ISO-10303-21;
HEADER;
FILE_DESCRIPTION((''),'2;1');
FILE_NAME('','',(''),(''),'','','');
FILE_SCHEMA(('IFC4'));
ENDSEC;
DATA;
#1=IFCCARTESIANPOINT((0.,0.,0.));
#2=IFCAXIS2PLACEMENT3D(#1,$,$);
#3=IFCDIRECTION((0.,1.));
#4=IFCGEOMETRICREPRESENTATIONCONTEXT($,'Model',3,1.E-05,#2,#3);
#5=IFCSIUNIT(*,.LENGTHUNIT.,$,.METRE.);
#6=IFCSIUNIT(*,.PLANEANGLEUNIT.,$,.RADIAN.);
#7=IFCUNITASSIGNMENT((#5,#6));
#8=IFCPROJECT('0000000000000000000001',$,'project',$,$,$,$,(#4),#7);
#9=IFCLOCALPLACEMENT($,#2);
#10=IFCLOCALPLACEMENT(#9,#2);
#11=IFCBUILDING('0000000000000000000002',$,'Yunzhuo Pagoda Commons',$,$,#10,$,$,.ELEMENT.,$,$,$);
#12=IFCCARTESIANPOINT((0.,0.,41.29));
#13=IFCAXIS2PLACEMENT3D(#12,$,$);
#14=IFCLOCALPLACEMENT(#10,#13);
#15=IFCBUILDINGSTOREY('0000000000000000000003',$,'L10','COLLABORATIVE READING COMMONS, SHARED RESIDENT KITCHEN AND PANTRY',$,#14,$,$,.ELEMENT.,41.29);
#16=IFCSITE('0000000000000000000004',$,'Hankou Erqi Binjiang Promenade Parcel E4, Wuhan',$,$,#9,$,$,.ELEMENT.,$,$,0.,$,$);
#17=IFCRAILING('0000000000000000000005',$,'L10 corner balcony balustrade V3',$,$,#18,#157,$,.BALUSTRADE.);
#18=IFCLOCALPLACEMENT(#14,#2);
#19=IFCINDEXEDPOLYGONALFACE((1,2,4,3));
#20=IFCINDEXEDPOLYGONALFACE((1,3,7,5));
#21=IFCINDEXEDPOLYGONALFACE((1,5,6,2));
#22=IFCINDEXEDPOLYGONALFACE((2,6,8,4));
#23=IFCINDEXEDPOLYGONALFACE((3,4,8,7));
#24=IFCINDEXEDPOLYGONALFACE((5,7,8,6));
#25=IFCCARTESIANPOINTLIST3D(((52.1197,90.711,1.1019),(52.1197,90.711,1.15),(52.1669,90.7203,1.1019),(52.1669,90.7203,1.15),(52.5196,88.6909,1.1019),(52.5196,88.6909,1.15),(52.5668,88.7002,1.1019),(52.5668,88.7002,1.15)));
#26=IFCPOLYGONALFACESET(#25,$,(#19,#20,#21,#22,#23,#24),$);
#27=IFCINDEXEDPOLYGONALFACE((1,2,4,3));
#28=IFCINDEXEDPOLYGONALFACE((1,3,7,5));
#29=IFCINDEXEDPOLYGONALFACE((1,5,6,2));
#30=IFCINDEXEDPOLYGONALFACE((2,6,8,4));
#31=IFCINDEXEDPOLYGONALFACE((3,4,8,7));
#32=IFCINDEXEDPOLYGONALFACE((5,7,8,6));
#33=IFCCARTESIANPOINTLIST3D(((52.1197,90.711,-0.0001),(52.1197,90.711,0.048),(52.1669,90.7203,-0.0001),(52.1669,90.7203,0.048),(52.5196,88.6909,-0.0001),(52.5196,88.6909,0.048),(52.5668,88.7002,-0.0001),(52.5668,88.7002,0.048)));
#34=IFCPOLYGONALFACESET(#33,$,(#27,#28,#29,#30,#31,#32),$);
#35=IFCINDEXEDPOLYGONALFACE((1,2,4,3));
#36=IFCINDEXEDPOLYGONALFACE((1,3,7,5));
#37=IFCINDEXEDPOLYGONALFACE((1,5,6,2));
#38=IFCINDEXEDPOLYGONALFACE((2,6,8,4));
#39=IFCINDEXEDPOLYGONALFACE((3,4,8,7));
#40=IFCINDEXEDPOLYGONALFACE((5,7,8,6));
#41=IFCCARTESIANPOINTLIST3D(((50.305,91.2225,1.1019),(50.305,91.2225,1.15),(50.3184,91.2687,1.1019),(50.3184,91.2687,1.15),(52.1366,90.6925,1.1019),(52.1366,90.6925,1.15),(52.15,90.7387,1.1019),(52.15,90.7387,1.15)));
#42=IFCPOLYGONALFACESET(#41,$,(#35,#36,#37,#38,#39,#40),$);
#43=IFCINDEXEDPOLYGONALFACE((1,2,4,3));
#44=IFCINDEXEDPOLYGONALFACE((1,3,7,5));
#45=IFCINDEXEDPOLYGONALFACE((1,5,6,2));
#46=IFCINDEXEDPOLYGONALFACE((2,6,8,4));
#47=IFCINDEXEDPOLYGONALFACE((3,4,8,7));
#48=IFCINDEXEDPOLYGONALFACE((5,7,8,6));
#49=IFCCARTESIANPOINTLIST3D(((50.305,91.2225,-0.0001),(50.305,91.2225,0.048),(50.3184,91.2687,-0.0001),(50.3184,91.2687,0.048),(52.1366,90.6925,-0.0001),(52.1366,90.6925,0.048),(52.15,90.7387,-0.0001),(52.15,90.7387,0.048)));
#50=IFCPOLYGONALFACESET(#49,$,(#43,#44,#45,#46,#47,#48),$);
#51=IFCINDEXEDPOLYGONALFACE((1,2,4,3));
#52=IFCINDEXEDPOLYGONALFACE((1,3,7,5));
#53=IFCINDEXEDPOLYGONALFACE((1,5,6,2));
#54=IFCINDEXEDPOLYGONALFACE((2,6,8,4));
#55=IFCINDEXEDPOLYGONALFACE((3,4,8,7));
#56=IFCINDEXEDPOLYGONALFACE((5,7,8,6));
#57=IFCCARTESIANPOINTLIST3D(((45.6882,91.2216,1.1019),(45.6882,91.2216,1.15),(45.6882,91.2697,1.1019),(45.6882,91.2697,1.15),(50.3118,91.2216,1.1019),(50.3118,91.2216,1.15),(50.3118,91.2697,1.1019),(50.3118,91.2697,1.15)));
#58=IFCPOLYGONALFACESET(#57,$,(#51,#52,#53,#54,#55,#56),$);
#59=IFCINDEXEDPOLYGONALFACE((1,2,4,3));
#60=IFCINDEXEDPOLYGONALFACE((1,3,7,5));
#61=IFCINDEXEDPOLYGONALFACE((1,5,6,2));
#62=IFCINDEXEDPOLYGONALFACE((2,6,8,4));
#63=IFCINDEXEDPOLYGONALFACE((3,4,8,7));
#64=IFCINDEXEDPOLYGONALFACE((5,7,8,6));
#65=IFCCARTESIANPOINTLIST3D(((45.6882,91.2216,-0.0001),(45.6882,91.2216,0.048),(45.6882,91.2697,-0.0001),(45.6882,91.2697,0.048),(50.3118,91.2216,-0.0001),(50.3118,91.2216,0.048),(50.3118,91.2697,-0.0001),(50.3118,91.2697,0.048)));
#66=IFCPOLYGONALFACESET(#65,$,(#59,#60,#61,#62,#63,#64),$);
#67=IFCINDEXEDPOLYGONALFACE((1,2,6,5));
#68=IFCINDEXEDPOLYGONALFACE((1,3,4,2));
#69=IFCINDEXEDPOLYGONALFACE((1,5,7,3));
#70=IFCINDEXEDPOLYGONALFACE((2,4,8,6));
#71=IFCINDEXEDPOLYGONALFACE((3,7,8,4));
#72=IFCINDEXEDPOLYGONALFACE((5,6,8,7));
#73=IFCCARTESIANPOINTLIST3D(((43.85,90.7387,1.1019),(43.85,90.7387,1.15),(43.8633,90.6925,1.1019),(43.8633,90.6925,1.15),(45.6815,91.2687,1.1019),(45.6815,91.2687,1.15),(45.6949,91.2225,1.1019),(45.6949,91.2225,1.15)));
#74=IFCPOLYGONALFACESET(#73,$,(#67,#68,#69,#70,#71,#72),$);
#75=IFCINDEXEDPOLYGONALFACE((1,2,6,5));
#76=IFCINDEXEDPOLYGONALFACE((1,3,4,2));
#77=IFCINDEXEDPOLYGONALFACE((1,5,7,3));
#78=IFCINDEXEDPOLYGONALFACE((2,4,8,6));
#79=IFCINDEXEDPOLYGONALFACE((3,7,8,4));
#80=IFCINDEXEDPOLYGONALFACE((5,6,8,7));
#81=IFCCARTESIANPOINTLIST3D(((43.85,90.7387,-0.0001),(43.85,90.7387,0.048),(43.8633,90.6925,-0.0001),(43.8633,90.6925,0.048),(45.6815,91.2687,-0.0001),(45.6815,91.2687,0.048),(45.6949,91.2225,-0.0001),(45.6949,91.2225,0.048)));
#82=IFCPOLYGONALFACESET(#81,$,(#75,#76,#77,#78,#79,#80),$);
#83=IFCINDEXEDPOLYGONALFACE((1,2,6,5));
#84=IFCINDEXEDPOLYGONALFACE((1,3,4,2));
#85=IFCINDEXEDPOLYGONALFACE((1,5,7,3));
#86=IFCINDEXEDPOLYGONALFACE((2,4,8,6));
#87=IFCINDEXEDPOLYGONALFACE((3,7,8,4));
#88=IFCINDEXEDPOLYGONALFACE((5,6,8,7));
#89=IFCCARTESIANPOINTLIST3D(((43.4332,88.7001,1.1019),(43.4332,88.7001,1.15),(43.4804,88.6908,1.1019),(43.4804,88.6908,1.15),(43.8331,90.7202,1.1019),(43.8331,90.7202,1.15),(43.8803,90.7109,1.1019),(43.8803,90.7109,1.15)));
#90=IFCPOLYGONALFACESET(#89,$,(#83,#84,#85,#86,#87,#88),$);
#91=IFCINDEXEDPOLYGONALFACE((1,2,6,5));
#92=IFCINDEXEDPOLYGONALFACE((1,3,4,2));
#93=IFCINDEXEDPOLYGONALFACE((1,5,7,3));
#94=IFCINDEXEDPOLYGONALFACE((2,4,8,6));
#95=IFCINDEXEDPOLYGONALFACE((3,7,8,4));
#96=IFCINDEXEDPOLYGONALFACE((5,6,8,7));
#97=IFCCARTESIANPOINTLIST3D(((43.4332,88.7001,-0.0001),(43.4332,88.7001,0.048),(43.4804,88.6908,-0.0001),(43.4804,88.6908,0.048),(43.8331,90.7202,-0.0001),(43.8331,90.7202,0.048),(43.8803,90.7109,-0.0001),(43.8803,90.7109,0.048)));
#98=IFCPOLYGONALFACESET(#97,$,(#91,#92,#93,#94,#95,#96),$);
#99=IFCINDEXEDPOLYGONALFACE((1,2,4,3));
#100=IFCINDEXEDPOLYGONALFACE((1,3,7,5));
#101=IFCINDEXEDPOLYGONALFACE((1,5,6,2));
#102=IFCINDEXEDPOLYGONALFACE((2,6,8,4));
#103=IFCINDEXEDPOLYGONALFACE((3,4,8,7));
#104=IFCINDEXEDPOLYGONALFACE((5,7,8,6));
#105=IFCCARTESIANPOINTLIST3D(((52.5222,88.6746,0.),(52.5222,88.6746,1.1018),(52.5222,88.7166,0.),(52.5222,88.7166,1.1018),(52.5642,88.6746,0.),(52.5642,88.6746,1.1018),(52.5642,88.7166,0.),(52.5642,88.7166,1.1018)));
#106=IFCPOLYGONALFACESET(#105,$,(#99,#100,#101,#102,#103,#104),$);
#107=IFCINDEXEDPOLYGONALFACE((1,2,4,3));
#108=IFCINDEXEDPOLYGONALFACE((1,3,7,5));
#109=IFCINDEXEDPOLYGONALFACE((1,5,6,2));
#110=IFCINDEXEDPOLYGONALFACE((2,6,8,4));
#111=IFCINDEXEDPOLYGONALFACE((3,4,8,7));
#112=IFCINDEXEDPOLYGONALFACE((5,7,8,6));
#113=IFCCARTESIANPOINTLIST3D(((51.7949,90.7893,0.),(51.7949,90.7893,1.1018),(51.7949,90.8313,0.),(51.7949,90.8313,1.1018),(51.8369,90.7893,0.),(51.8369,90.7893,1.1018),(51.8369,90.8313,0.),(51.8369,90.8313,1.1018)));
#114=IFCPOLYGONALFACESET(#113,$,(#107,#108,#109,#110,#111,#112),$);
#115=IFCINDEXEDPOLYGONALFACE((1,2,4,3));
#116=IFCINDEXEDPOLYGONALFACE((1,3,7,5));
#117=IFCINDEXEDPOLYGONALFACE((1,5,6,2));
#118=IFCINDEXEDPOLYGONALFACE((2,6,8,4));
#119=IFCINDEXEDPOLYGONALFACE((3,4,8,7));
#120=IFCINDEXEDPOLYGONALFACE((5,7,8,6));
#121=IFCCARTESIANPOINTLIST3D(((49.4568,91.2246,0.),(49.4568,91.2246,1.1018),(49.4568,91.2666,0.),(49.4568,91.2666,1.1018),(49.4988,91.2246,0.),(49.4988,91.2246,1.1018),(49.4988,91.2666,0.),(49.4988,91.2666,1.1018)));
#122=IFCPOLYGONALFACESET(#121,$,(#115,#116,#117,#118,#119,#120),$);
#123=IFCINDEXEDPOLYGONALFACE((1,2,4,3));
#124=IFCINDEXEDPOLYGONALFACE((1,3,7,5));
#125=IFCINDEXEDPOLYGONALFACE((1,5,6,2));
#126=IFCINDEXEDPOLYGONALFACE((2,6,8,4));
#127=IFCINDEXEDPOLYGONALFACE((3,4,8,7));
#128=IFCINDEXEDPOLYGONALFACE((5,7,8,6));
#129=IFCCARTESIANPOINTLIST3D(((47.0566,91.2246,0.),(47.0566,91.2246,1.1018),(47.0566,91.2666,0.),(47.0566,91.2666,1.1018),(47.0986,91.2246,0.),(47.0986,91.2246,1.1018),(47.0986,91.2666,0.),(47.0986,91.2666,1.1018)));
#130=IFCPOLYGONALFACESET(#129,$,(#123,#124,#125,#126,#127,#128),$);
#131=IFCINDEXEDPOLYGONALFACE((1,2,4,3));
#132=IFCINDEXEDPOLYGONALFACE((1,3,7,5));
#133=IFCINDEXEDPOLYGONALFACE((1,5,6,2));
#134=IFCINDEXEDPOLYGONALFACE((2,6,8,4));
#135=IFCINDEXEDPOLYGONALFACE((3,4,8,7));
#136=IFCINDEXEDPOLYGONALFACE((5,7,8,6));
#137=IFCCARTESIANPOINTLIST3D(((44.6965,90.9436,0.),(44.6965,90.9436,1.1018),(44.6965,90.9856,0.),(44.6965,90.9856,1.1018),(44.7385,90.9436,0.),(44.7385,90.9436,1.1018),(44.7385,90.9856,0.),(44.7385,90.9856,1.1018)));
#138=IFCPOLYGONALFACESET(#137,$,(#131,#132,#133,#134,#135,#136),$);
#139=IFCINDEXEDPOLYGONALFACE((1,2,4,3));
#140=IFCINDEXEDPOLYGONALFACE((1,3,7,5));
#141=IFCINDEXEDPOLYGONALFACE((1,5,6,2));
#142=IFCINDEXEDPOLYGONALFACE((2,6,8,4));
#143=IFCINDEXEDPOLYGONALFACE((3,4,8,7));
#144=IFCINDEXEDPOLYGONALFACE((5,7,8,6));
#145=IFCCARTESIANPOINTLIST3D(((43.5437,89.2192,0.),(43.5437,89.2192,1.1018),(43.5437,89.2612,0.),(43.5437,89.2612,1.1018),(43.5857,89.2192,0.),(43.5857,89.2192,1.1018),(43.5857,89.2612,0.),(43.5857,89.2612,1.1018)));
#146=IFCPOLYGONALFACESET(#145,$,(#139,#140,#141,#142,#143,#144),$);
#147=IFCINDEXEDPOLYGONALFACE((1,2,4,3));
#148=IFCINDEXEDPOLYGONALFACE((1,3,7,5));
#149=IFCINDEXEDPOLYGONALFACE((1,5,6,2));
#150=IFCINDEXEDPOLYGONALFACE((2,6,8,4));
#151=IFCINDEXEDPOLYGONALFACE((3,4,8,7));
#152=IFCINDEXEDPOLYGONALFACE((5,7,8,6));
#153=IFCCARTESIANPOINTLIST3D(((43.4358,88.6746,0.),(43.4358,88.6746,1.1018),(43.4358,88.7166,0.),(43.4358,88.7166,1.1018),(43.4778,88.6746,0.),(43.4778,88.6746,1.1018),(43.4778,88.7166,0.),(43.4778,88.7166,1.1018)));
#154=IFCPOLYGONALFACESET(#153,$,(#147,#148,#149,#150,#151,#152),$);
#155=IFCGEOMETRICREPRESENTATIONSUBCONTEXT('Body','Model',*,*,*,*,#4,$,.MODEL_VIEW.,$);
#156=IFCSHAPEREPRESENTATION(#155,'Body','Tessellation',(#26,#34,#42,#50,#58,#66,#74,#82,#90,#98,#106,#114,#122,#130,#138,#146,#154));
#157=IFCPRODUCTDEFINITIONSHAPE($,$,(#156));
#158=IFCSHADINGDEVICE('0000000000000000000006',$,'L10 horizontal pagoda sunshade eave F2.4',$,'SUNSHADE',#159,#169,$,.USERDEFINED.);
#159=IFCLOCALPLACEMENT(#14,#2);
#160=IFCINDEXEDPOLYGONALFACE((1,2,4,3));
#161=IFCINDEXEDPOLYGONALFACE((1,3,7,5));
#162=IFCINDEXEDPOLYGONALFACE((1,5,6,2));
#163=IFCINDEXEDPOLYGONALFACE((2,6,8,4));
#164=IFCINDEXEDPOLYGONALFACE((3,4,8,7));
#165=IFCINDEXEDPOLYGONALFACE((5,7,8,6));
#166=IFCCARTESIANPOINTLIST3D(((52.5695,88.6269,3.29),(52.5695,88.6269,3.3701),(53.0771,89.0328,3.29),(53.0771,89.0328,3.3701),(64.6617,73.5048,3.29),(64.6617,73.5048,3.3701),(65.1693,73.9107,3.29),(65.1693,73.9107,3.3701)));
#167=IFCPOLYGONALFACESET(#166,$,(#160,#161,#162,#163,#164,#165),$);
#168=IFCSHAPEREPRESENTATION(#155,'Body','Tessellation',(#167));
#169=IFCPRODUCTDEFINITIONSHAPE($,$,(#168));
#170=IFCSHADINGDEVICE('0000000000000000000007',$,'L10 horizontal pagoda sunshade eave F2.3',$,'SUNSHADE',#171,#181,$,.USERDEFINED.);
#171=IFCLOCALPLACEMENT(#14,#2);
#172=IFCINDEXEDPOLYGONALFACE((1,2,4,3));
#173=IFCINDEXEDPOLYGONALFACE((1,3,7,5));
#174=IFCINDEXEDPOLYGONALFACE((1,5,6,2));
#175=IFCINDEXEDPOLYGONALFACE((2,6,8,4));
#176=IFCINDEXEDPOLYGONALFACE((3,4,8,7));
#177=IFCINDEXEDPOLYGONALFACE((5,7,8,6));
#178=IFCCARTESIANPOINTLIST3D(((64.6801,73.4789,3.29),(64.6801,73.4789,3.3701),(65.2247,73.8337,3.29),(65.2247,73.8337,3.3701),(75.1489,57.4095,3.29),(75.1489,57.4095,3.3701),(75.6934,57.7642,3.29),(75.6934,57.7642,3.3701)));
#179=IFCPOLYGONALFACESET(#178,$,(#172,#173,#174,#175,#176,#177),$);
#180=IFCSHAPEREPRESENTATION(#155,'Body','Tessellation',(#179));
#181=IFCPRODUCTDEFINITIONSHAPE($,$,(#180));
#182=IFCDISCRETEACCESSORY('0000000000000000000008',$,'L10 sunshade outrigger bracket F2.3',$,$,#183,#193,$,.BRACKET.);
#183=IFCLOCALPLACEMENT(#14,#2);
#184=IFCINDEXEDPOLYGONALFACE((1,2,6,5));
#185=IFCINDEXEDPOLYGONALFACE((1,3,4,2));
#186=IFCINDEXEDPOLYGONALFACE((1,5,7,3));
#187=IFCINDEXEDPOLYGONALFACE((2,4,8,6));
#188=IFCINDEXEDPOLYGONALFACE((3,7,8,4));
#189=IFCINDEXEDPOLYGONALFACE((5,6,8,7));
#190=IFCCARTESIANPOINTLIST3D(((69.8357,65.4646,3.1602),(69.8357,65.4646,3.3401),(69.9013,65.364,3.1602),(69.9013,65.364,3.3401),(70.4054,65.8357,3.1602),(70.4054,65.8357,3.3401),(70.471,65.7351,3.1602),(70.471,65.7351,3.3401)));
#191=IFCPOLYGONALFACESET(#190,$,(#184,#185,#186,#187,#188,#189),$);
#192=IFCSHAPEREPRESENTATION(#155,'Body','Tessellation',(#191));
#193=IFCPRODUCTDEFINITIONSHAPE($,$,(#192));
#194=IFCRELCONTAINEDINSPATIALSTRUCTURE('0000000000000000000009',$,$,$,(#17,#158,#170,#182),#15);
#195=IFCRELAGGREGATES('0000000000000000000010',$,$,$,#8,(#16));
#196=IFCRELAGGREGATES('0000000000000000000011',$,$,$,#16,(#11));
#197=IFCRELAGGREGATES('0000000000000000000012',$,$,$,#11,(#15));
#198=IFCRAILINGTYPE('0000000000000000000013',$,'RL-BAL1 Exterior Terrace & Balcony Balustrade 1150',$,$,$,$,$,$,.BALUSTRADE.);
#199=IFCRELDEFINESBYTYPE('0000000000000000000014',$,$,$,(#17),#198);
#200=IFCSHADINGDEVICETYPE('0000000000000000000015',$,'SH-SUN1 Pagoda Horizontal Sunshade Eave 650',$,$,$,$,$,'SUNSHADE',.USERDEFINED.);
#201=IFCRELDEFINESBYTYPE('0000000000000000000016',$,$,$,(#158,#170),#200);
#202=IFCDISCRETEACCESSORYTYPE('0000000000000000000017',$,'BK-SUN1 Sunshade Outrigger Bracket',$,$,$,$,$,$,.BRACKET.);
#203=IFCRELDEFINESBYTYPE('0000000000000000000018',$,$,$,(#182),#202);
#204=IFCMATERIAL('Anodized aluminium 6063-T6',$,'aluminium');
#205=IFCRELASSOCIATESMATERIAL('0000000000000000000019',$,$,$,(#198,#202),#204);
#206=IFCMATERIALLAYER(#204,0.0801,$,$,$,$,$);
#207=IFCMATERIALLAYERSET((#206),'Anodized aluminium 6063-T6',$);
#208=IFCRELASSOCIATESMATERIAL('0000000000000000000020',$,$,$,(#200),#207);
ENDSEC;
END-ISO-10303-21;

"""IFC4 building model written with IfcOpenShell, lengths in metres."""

from ifc_helpers import new_model, si_unit, direction, frame, origin, origin_2d, place, context, subcontext, project, spatial, rectangle, extrude, source, transform, mapped, material, layer, layer_set, type_object, element, save


model = new_model("IFC4")

# Units and contexts
model_context = context("Model", 3, precision=1e-05, world=origin(), true_north=direction((0.0, 1.0)))
body_context = subcontext(model_context, "Body", "Model", "MODEL_VIEW")
ifc_project = project(units=[si_unit("LENGTHUNIT", "METRE"), si_unit("PLANEANGLEUNIT", "RADIAN")], contexts=[model_context])

# Site, building, storey
site_placement = place(None, origin())
site = spatial("IfcSite", under=ifc_project, at=site_placement, Name="Hankou Erqi Binjiang Promenade Parcel E4, Wuhan", CompositionType="ELEMENT", RefElevation=0.0)
building_placement = place(site_placement, origin())
building = spatial("IfcBuilding", under=site, at=building_placement, Name="Yunzhuo Pagoda Commons", CompositionType="ELEMENT")
storey_placement = place(building_placement, frame((0.0, 0.0, 41.29)))
storey = spatial("IfcBuildingStorey", under=building, at=storey_placement, Name="L10", Description="COLLABORATIVE READING COMMONS, SHARED RESIDENT KITCHEN AND PANTRY", CompositionType="ELEMENT", Elevation=41.29)

# Shared definitions
ifc_material_1 = material(Name="Anodized aluminium 6063-T6", Category="aluminium")

# Railing
railing_type_1 = type_object("IfcRailingType", Name="RL-BAL1 Exterior Terrace & Balcony Balustrade 1150", PredefinedType="BALUSTRADE", material=ifc_material_1)
railing_1_placement = place(storey_placement, frame((52.5432, 88.6956, 0.0)))
element("IfcRailing", 1, at=railing_1_placement, inside=storey, type_object=railing_type_1, Name="L10 corner balcony balustrade V3", PredefinedType="BALUSTRADE", context=body_context, shape_type="SweptSolid", body=[
    extrude(rectangle(XDim=0.0481, YDim=0.0481, at=origin_2d()), frame((0.0, 0.0, 1.126), z_axis=(-0.194201, 0.980962, 0.0), x_axis=(-0.980962, -0.194201, 0.0)), (0.0, 0.0, 1.0), 2.0593),
    extrude(rectangle(XDim=0.0481, YDim=0.0481, at=origin_2d()), frame((0.0, 0.0, 0.0239), z_axis=(-0.194201, 0.980962, 0.0), x_axis=(-0.980962, -0.194201, 0.0)), (0.0, 0.0, 1.0), 2.0593),
    extrude(rectangle(XDim=0.0481, YDim=0.0481, at=origin_2d()), frame((-0.3999, 2.02, 1.126), z_axis=(-0.960586, 0.277983, 0.0), x_axis=(-0.277983, -0.960586, 0.0)), (0.0, 0.0, 1.0), 1.9067),
    extrude(rectangle(XDim=0.0481, YDim=0.0481, at=origin_2d()), frame((-0.3999, 2.02, 0.0239), z_axis=(-0.960586, 0.277983, 0.0), x_axis=(-0.277983, -0.960586, 0.0)), (0.0, 0.0, 1.0), 1.9067),
    extrude(rectangle(XDim=0.0481, YDim=0.0481, at=origin_2d()), frame((-2.2314, 2.55, 1.126), z_axis=(-1.0, 0.0, 0.0), x_axis=(0.0, -1.0, 0.0)), (0.0, 0.0, 1.0), 4.6235),
    extrude(rectangle(XDim=0.0481, YDim=0.0481, at=origin_2d()), frame((-2.2314, 2.55, 0.0239), z_axis=(-1.0, 0.0, 0.0), x_axis=(0.0, -1.0, 0.0)), (0.0, 0.0, 1.0), 4.6235),
    extrude(rectangle(XDim=0.0481, YDim=0.0481, at=origin_2d()), frame((-6.855, 2.55, 1.126), z_axis=(-0.960586, -0.277983, 0.0), x_axis=(0.277983, -0.960586, 0.0)), (0.0, 0.0, 1.0), 1.9067),
    extrude(rectangle(XDim=0.0481, YDim=0.0481, at=origin_2d()), frame((-6.855, 2.55, 0.0239), z_axis=(-0.960586, -0.277983, 0.0), x_axis=(0.277983, -0.960586, 0.0)), (0.0, 0.0, 1.0), 1.9067),
    extrude(rectangle(XDim=0.0481, YDim=0.0481, at=origin_2d()), frame((-8.6865, 2.02, 1.126), z_axis=(-0.194201, -0.980962, 0.0), x_axis=(0.980962, -0.194201, 0.0)), (0.0, 0.0, 1.0), 2.0593),
    extrude(rectangle(XDim=0.0481, YDim=0.0481, at=origin_2d()), frame((-8.6865, 2.02, 0.0239), z_axis=(-0.194201, -0.980962, 0.0), x_axis=(0.980962, -0.194201, 0.0)), (0.0, 0.0, 1.0), 2.0593),
    extrude(rectangle(XDim=0.042, YDim=0.042, at=origin_2d()), origin(), (0.0, 0.0, 1.0), 1.1018),
    extrude(rectangle(XDim=0.042, YDim=0.042, at=origin_2d()), frame((-0.7273, 2.1147, 0.0)), (0.0, 0.0, 1.0), 1.1018),
    extrude(rectangle(XDim=0.042, YDim=0.042, at=origin_2d()), frame((-3.0654, 2.55, 0.0)), (0.0, 0.0, 1.0), 1.1018),
    extrude(rectangle(XDim=0.042, YDim=0.042, at=origin_2d()), frame((-5.4656, 2.55, 0.0)), (0.0, 0.0, 1.0), 1.1018),
    extrude(rectangle(XDim=0.042, YDim=0.042, at=origin_2d()), frame((-7.8257, 2.269, 0.0)), (0.0, 0.0, 1.0), 1.1018),
    extrude(rectangle(XDim=0.042, YDim=0.042, at=origin_2d()), frame((-8.9785, 0.5447, 0.0)), (0.0, 0.0, 1.0), 1.1018),
    extrude(rectangle(XDim=0.042, YDim=0.042, at=origin_2d()), frame((-9.0864, 0.0, 0.0)), (0.0, 0.0, 1.0), 1.1018),
])

# Shading devices
ifc_layer_1 = layer(ifc_material_1, 0.0801)
ifc_layer_set_1 = layer_set([ifc_layer_1], Name="Anodized aluminium 6063-T6")
shading_device_type = type_object("IfcShadingDeviceType", Name="SH-SUN1 Pagoda Horizontal Sunshade Eave 650", ElementType="SUNSHADE", PredefinedType="USERDEFINED", material=ifc_layer_set_1)
shared_shape_1 = source(origin(), body_context, "Body", "SweptSolid", [
    extrude(rectangle(XDim=19.3623, YDim=0.6499, at=origin_2d()), origin(), (0.0, 0.0, 1.0), 0.0801),
])
shading_device_1_placement = place(storey_placement, frame((58.8694, 81.2688, 3.29), z_axis=(0.0, 0.0, 1.0), x_axis=(-0.62452, 0.781008, 0.0)))
element("IfcShadingDevice", 2, at=shading_device_1_placement, inside=storey, type_object=shading_device_type, Name="L10 horizontal pagoda sunshade eave F2.4", ObjectType="SUNSHADE", PredefinedType="USERDEFINED", context=body_context, shape_type="MappedRepresentation", body=[
    mapped(shared_shape_1, transform((0.0, 0.0, 0.0), scale=1.0)),
])
shared_shape_2 = source(origin(), body_context, "Body", "SweptSolid", [
    extrude(rectangle(XDim=19.1787, YDim=0.6499, at=origin_2d()), origin(), (0.0, 0.0, 1.0), 0.0801),
])
shading_device_2_placement = place(storey_placement, frame((70.1868, 65.6216, 3.29), z_axis=(0.0, 0.0, 1.0), x_axis=(-0.545853, 0.837881, 0.0)))
element("IfcShadingDevice", 3, at=shading_device_2_placement, inside=storey, type_object=shading_device_type, Name="L10 horizontal pagoda sunshade eave F2.3", ObjectType="SUNSHADE", PredefinedType="USERDEFINED", context=body_context, shape_type="MappedRepresentation", body=[
    mapped(shared_shape_2, transform((0.0, 0.0, 0.0), scale=1.0)),
])

# Discrete accessory
discrete_accessory_type = type_object("IfcDiscreteAccessoryType", Name="BK-SUN1 Sunshade Outrigger Bracket", PredefinedType="BRACKET", material=ifc_material_1)
shared_shape_3 = source(origin(), body_context, "Body", "SweptSolid", [
    extrude(rectangle(XDim=0.1201, YDim=0.6799, at=origin_2d()), origin(), (0.0, 0.0, 1.0), 0.1799),
])
discrete_accessory_placement = place(storey_placement, frame((70.1533, 65.5999, 3.1602), z_axis=(0.0, 0.0, 1.0), x_axis=(-0.545853, 0.837881, 0.0)))
element("IfcDiscreteAccessory", 4, at=discrete_accessory_placement, inside=storey, type_object=discrete_accessory_type, Name="L10 sunshade outrigger bracket F2.3", PredefinedType="BRACKET", context=body_context, shape_type="MappedRepresentation", body=[
    mapped(shared_shape_3, transform((0.0, 0.0, 0.0), scale=1.0)),
])

save(model, "model.ifc")
